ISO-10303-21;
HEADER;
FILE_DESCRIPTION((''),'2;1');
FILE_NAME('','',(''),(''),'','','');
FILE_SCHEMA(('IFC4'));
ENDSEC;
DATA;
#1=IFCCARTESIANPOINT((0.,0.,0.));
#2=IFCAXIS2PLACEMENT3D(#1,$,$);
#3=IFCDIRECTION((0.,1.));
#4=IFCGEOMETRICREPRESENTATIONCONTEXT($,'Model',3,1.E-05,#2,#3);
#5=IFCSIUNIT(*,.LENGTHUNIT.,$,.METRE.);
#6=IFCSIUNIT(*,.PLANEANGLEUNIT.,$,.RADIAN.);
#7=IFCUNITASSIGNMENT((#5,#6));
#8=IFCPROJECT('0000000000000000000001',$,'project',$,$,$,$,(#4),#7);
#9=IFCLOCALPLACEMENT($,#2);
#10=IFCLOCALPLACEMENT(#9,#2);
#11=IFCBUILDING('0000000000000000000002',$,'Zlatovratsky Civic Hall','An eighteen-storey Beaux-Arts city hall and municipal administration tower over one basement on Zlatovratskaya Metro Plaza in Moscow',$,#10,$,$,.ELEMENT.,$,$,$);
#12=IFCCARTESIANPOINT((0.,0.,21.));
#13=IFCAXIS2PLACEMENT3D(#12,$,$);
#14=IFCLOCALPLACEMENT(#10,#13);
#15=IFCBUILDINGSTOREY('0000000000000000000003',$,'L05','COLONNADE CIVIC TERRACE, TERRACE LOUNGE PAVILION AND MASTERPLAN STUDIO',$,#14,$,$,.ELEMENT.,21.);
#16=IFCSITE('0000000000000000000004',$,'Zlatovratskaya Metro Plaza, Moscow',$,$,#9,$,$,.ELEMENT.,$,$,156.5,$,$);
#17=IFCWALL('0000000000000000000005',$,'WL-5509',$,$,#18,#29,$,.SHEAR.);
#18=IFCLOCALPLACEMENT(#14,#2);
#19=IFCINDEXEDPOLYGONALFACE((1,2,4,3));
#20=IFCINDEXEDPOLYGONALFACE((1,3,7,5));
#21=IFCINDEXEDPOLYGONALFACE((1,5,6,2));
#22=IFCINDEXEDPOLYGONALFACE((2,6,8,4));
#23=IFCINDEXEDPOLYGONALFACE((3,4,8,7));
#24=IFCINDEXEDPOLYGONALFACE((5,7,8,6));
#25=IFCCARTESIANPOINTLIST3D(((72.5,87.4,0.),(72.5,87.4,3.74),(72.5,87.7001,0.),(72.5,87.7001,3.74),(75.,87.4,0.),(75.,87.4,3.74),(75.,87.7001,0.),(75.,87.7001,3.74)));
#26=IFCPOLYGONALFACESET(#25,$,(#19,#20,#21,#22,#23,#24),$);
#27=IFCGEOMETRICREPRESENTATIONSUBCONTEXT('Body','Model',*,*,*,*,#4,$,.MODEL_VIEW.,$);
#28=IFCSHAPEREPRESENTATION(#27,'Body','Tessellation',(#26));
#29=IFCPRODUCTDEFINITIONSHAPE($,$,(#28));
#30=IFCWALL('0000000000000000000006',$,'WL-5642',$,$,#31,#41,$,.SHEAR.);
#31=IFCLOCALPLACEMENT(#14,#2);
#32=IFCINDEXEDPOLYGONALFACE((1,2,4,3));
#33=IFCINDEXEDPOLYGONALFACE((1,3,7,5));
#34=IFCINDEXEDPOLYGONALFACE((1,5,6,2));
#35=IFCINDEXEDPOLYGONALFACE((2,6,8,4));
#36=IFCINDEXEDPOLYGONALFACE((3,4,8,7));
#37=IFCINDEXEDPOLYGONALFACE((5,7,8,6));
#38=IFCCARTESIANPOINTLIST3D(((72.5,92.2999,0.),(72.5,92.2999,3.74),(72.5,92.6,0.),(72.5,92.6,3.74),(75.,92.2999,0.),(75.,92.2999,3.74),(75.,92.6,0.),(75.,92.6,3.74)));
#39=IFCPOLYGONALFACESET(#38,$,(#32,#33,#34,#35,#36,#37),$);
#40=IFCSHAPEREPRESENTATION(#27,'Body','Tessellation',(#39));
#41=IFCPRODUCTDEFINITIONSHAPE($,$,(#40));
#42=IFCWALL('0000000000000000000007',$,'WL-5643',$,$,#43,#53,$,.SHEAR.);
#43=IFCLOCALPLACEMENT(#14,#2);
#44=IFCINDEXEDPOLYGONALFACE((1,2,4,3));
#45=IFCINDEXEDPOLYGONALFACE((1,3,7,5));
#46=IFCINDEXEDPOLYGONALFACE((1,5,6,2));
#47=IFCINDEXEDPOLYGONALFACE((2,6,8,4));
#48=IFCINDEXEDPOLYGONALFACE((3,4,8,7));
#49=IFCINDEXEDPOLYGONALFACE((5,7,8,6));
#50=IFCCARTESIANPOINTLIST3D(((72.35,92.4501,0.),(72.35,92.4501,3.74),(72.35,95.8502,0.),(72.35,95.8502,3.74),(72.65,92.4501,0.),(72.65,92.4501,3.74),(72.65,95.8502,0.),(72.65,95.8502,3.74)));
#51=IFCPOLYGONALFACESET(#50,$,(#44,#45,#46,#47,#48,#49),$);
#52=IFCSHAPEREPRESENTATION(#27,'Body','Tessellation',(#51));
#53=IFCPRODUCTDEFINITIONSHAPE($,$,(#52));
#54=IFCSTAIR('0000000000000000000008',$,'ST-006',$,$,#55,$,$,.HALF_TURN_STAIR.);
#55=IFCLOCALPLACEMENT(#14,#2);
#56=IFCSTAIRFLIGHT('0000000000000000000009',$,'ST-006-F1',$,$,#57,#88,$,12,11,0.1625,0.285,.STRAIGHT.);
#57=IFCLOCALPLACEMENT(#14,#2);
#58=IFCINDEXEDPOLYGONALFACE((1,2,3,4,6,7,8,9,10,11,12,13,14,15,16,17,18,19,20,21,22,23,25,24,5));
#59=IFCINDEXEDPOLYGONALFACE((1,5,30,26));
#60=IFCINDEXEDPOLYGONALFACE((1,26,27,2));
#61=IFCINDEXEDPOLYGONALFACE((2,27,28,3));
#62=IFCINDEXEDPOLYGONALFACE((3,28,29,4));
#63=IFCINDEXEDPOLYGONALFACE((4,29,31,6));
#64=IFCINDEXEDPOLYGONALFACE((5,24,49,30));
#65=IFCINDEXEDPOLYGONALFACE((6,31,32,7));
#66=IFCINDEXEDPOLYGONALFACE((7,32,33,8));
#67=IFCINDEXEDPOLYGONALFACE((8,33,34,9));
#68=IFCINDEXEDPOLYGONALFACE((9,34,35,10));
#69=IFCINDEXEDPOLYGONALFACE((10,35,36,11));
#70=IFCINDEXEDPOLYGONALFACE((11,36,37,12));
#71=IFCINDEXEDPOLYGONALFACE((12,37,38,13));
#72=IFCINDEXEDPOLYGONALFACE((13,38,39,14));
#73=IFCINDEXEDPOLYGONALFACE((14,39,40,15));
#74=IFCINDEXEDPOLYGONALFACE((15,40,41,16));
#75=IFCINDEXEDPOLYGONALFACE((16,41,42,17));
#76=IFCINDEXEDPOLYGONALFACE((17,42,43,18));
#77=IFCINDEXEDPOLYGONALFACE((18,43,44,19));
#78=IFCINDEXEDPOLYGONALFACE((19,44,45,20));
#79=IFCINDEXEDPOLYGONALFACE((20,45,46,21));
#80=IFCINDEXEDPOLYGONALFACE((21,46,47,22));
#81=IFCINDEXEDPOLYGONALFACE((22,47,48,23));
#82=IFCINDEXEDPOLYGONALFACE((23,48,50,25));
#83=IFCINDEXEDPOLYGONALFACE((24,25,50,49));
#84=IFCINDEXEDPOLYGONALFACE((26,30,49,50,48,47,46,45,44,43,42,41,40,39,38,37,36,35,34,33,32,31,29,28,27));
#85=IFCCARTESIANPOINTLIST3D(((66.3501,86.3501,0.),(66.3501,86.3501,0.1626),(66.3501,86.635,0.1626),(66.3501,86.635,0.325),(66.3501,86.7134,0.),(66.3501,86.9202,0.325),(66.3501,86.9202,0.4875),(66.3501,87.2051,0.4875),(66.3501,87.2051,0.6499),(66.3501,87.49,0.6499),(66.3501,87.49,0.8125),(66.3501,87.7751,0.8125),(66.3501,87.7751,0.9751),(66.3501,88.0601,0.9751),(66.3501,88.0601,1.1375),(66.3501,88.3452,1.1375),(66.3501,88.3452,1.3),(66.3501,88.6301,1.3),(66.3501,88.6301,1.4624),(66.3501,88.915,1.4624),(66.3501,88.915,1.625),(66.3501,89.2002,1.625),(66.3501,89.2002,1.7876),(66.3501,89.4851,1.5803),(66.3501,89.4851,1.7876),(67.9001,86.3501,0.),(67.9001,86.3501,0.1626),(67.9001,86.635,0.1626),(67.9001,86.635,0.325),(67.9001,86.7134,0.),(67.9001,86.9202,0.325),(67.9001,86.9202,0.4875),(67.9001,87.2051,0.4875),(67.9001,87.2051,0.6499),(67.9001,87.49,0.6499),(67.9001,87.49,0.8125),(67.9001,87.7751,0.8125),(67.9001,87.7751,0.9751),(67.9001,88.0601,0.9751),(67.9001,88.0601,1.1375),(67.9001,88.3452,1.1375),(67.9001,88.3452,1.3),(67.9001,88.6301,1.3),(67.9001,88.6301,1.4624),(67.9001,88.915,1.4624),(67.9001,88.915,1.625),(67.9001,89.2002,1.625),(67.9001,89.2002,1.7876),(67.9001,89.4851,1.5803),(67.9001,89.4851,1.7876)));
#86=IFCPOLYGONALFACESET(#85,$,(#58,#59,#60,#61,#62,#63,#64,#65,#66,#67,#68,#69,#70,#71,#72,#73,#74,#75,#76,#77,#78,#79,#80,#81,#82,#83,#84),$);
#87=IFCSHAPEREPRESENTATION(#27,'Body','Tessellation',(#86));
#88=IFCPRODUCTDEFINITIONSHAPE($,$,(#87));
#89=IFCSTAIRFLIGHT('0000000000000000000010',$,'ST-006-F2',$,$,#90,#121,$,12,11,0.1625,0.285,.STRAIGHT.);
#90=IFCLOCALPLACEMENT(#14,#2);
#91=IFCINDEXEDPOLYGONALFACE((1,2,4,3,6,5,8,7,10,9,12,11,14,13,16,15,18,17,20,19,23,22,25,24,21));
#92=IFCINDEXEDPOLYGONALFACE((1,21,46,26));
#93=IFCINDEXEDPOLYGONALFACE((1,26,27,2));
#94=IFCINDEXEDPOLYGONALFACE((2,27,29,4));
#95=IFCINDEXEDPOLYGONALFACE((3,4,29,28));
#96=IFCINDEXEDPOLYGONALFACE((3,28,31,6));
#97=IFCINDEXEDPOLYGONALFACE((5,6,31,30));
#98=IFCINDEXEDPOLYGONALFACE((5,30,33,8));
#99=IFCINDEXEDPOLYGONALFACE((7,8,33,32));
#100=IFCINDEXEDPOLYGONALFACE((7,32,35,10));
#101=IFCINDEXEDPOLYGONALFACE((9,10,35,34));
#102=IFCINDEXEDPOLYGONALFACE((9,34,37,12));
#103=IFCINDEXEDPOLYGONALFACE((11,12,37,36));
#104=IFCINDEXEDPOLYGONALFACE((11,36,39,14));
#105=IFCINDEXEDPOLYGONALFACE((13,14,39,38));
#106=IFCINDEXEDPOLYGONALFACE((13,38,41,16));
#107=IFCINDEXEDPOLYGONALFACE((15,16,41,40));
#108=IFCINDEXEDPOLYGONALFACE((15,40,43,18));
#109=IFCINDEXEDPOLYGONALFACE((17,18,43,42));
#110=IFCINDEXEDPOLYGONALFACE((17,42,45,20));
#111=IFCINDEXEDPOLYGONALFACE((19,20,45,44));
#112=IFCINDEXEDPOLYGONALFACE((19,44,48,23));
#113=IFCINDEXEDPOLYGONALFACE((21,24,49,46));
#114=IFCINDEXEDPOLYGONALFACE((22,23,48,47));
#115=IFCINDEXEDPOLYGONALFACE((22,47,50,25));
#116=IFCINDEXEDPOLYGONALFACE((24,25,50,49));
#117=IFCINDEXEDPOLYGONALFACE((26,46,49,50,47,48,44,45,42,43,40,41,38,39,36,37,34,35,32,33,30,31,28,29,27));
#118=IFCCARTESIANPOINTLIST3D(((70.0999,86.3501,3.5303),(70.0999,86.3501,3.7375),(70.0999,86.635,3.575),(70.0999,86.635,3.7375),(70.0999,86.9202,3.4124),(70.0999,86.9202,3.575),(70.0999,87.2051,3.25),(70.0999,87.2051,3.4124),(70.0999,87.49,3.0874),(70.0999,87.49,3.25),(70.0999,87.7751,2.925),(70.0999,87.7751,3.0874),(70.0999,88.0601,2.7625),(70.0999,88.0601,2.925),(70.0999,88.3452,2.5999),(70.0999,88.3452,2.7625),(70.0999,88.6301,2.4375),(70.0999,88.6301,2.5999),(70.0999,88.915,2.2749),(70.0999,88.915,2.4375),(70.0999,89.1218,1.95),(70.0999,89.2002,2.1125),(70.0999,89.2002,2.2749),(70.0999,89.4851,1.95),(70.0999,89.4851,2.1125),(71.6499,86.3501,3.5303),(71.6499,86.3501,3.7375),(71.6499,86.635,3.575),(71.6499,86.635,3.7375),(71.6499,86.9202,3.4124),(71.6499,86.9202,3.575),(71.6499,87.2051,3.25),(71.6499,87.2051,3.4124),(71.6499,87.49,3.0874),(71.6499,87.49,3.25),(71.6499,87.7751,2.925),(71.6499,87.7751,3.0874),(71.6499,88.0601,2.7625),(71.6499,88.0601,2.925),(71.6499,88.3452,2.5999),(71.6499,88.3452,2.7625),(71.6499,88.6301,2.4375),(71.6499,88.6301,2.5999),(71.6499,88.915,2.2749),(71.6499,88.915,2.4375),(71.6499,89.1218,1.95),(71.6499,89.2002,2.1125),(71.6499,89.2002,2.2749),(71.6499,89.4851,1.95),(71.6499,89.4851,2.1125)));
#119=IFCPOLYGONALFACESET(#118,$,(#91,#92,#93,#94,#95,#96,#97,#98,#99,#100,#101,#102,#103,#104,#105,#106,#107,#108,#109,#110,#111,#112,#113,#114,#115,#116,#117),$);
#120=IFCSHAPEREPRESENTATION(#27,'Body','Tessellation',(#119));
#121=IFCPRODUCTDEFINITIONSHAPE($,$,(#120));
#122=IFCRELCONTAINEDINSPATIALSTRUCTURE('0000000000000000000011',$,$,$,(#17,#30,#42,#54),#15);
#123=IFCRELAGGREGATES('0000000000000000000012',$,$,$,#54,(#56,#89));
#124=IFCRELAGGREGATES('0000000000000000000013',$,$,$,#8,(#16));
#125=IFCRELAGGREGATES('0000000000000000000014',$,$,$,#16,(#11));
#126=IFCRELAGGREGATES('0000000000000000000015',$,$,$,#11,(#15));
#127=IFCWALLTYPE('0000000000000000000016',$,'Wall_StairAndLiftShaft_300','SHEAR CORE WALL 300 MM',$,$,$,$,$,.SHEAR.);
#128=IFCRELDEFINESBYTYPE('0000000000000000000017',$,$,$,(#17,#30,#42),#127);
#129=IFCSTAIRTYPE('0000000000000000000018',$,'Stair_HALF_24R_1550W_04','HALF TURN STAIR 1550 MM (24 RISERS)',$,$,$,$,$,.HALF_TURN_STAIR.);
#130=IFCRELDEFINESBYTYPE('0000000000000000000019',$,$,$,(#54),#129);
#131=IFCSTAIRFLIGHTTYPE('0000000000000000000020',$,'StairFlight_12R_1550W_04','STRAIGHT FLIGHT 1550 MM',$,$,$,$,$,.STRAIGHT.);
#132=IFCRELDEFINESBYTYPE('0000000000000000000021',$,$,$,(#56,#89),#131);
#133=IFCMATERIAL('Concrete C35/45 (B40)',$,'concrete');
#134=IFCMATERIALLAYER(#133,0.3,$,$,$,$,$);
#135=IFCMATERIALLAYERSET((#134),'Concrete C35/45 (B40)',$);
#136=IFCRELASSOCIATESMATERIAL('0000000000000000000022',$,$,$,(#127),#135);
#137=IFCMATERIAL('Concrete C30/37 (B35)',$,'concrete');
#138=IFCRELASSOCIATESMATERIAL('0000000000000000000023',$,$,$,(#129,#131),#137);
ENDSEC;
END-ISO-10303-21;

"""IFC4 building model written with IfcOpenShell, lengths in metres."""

from ifc_helpers import new_model, si_unit, direction, frame, frame_2d, origin, place, context, subcontext, project, spatial, polyline, rectangle, outline, extrude, material, layer, layer_set, type_object, element, aggregate, save


model = new_model("IFC4")

# Units and contexts
model_context = context("Model", 3, precision=1e-05, world=origin(), true_north=direction((0.0, 1.0)))
body_context = subcontext(model_context, "Body", "Model", "MODEL_VIEW")
ifc_project = project(units=[si_unit("LENGTHUNIT", "METRE"), si_unit("PLANEANGLEUNIT", "RADIAN")], contexts=[model_context])

# Site, building, storey
site_placement = place(None, origin())
site = spatial("IfcSite", under=ifc_project, at=site_placement, Name="Zlatovratskaya Metro Plaza, Moscow", CompositionType="ELEMENT", RefElevation=156.5)
building_placement = place(site_placement, origin())
building = spatial("IfcBuilding", under=site, at=building_placement, Name="Zlatovratsky Civic Hall", Description="An eighteen-storey Beaux-Arts city hall and municipal administration tower over one basement on Zlatovratskaya Metro Plaza in Moscow", CompositionType="ELEMENT")
storey_placement = place(building_placement, frame((0.0, 0.0, 21.0)))
storey = spatial("IfcBuildingStorey", under=building, at=storey_placement, Name="L05", Description="COLONNADE CIVIC TERRACE, TERRACE LOUNGE PAVILION AND MASTERPLAN STUDIO", CompositionType="ELEMENT", Elevation=21.0)

# Shared definitions
ifc_material_1 = material(Name="Concrete C35/45 (B40)", Category="concrete")

# Walls
ifc_layer_1 = layer(ifc_material_1, 0.3)
ifc_layer_set_1 = layer_set([ifc_layer_1], Name="Concrete C35/45 (B40)")
wall_type_1 = type_object("IfcWallType", Name="Wall_StairAndLiftShaft_300", Description="SHEAR CORE WALL 300 MM", PredefinedType="SHEAR", material=ifc_layer_set_1)
for number, where, z_axis, x_axis, name in (
    (1, (72.5, 87.55, 0.0), (0.0, 0.0, 1.0), (1.0, 0.0, 0.0), "WL-5509"),
    (2, (72.5, 92.45, 0.0), (0.0, 0.0, 1.0), (1.0, 0.0, 0.0), "WL-5642"),
):
    element("IfcWall", number, at=place(storey_placement, frame(where, z_axis=z_axis, x_axis=x_axis)), inside=storey, type_object=wall_type_1, Name=name, PredefinedType="SHEAR", context=body_context, shape_type="SweptSolid", body=[
        extrude(rectangle(XDim=2.5, YDim=0.3, at=frame_2d((1.25, 0.0))), origin(), (0.0, 0.0, 1.0), 3.74),
    ])
wall_1_placement = place(storey_placement, frame((72.5, 92.45, 0.0), z_axis=(0.0, 0.0, 1.0), x_axis=(0.0, 1.0, 0.0)))
element("IfcWall", 3, at=wall_1_placement, inside=storey, type_object=wall_type_1, Name="WL-5643", PredefinedType="SHEAR", context=body_context, shape_type="SweptSolid", body=[
    extrude(rectangle(XDim=3.4001, YDim=0.3, at=frame_2d((1.7002, 0.0))), origin(), (0.0, 0.0, 1.0), 3.74),
])

# Stair, stair flights
ifc_material_2 = material(Name="Concrete C30/37 (B35)", Category="concrete")
stair_type = type_object("IfcStairType", Name="Stair_HALF_24R_1550W_04", Description="HALF TURN STAIR 1550 MM (24 RISERS)", PredefinedType="HALF_TURN_STAIR", material=ifc_material_2)
stair_placement = place(storey_placement, origin())
stair = element("IfcStair", 4, at=stair_placement, inside=storey, type_object=stair_type, Name="ST-006", PredefinedType="HALF_TURN_STAIR")
stair_flight_type = type_object("IfcStairFlightType", Name="StairFlight_12R_1550W_04", Description="STRAIGHT FLIGHT 1550 MM", PredefinedType="STRAIGHT", material=ifc_material_2)
stair_flight_1_placement = place(storey_placement, frame((67.125, 86.3501, 0.0), z_axis=(0.0, 0.0, 1.0), x_axis=(0.0, 1.0, 0.0)))
stair_flight_1 = element("IfcStairFlight", 5, at=stair_flight_1_placement, type_object=stair_flight_type, Name="ST-006-F1", NumberOfRisers=12, NumberOfTreads=11, PredefinedType="STRAIGHT", RiserHeight=0.1625, TreadLength=0.285, context=body_context, shape_type="SweptSolid", body=[
    extrude(outline(polyline([(0.0, 0.0), (0.0, 0.1626), (0.2849, 0.1626), (0.2849, 0.325), (0.5701, 0.325), (0.5701, 0.4875), (0.855, 0.4875), (0.855, 0.6499), (1.1399, 0.6499), (1.1399, 0.8125), (1.425, 0.8125), (1.425, 0.9751), (1.71, 0.9751), (1.71, 1.1375), (1.9951, 1.1375), (1.9951, 1.3), (2.28, 1.3), (2.28, 1.4624), (2.5649, 1.4624), (2.5649, 1.625), (2.8501, 1.625), (2.8501, 1.7876), (3.135, 1.7876), (3.135, 1.95), (3.135, 1.5803), (0.3633, 0.0), (0.0, 0.0)])), frame((0.0, 0.7749, 0.0), z_axis=(0.0, -1.0, 0.0), x_axis=(1.0, 0.0, 0.0)), (0.0, 0.0, 1.0), 1.55),
])
stair_flight_2_placement = place(storey_placement, frame((70.875, 89.4851, 1.95), z_axis=(0.0, 0.0, 1.0), x_axis=(0.0, -1.0, 0.0)))
stair_flight_2 = element("IfcStairFlight", 6, at=stair_flight_2_placement, type_object=stair_flight_type, Name="ST-006-F2", NumberOfRisers=12, NumberOfTreads=11, PredefinedType="STRAIGHT", RiserHeight=0.1625, TreadLength=0.285, context=body_context, shape_type="SweptSolid", body=[
    extrude(outline(polyline([(0.0, 0.0), (0.0, 0.1626), (0.2849, 0.1626), (0.2849, 0.325), (0.5701, 0.325), (0.5701, 0.4875), (0.855, 0.4875), (0.855, 0.6499), (1.1399, 0.6499), (1.1399, 0.8125), (1.425, 0.8125), (1.425, 0.9751), (1.71, 0.9751), (1.71, 1.1375), (1.9951, 1.1375), (1.9951, 1.3), (2.28, 1.3), (2.28, 1.4624), (2.5649, 1.4624), (2.5649, 1.625), (2.8501, 1.625), (2.8501, 1.7876), (3.135, 1.7876), (3.135, 1.95), (3.135, 1.5803), (0.3633, 0.0), (0.0, 0.0)])), frame((0.0, 0.7749, 0.0), z_axis=(0.0, -1.0, 0.0), x_axis=(1.0, 0.0, 0.0)), (0.0, 0.0, 1.0), 1.55),
])
aggregate(stair, [stair_flight_1, stair_flight_2])

save(model, "model.ifc")
